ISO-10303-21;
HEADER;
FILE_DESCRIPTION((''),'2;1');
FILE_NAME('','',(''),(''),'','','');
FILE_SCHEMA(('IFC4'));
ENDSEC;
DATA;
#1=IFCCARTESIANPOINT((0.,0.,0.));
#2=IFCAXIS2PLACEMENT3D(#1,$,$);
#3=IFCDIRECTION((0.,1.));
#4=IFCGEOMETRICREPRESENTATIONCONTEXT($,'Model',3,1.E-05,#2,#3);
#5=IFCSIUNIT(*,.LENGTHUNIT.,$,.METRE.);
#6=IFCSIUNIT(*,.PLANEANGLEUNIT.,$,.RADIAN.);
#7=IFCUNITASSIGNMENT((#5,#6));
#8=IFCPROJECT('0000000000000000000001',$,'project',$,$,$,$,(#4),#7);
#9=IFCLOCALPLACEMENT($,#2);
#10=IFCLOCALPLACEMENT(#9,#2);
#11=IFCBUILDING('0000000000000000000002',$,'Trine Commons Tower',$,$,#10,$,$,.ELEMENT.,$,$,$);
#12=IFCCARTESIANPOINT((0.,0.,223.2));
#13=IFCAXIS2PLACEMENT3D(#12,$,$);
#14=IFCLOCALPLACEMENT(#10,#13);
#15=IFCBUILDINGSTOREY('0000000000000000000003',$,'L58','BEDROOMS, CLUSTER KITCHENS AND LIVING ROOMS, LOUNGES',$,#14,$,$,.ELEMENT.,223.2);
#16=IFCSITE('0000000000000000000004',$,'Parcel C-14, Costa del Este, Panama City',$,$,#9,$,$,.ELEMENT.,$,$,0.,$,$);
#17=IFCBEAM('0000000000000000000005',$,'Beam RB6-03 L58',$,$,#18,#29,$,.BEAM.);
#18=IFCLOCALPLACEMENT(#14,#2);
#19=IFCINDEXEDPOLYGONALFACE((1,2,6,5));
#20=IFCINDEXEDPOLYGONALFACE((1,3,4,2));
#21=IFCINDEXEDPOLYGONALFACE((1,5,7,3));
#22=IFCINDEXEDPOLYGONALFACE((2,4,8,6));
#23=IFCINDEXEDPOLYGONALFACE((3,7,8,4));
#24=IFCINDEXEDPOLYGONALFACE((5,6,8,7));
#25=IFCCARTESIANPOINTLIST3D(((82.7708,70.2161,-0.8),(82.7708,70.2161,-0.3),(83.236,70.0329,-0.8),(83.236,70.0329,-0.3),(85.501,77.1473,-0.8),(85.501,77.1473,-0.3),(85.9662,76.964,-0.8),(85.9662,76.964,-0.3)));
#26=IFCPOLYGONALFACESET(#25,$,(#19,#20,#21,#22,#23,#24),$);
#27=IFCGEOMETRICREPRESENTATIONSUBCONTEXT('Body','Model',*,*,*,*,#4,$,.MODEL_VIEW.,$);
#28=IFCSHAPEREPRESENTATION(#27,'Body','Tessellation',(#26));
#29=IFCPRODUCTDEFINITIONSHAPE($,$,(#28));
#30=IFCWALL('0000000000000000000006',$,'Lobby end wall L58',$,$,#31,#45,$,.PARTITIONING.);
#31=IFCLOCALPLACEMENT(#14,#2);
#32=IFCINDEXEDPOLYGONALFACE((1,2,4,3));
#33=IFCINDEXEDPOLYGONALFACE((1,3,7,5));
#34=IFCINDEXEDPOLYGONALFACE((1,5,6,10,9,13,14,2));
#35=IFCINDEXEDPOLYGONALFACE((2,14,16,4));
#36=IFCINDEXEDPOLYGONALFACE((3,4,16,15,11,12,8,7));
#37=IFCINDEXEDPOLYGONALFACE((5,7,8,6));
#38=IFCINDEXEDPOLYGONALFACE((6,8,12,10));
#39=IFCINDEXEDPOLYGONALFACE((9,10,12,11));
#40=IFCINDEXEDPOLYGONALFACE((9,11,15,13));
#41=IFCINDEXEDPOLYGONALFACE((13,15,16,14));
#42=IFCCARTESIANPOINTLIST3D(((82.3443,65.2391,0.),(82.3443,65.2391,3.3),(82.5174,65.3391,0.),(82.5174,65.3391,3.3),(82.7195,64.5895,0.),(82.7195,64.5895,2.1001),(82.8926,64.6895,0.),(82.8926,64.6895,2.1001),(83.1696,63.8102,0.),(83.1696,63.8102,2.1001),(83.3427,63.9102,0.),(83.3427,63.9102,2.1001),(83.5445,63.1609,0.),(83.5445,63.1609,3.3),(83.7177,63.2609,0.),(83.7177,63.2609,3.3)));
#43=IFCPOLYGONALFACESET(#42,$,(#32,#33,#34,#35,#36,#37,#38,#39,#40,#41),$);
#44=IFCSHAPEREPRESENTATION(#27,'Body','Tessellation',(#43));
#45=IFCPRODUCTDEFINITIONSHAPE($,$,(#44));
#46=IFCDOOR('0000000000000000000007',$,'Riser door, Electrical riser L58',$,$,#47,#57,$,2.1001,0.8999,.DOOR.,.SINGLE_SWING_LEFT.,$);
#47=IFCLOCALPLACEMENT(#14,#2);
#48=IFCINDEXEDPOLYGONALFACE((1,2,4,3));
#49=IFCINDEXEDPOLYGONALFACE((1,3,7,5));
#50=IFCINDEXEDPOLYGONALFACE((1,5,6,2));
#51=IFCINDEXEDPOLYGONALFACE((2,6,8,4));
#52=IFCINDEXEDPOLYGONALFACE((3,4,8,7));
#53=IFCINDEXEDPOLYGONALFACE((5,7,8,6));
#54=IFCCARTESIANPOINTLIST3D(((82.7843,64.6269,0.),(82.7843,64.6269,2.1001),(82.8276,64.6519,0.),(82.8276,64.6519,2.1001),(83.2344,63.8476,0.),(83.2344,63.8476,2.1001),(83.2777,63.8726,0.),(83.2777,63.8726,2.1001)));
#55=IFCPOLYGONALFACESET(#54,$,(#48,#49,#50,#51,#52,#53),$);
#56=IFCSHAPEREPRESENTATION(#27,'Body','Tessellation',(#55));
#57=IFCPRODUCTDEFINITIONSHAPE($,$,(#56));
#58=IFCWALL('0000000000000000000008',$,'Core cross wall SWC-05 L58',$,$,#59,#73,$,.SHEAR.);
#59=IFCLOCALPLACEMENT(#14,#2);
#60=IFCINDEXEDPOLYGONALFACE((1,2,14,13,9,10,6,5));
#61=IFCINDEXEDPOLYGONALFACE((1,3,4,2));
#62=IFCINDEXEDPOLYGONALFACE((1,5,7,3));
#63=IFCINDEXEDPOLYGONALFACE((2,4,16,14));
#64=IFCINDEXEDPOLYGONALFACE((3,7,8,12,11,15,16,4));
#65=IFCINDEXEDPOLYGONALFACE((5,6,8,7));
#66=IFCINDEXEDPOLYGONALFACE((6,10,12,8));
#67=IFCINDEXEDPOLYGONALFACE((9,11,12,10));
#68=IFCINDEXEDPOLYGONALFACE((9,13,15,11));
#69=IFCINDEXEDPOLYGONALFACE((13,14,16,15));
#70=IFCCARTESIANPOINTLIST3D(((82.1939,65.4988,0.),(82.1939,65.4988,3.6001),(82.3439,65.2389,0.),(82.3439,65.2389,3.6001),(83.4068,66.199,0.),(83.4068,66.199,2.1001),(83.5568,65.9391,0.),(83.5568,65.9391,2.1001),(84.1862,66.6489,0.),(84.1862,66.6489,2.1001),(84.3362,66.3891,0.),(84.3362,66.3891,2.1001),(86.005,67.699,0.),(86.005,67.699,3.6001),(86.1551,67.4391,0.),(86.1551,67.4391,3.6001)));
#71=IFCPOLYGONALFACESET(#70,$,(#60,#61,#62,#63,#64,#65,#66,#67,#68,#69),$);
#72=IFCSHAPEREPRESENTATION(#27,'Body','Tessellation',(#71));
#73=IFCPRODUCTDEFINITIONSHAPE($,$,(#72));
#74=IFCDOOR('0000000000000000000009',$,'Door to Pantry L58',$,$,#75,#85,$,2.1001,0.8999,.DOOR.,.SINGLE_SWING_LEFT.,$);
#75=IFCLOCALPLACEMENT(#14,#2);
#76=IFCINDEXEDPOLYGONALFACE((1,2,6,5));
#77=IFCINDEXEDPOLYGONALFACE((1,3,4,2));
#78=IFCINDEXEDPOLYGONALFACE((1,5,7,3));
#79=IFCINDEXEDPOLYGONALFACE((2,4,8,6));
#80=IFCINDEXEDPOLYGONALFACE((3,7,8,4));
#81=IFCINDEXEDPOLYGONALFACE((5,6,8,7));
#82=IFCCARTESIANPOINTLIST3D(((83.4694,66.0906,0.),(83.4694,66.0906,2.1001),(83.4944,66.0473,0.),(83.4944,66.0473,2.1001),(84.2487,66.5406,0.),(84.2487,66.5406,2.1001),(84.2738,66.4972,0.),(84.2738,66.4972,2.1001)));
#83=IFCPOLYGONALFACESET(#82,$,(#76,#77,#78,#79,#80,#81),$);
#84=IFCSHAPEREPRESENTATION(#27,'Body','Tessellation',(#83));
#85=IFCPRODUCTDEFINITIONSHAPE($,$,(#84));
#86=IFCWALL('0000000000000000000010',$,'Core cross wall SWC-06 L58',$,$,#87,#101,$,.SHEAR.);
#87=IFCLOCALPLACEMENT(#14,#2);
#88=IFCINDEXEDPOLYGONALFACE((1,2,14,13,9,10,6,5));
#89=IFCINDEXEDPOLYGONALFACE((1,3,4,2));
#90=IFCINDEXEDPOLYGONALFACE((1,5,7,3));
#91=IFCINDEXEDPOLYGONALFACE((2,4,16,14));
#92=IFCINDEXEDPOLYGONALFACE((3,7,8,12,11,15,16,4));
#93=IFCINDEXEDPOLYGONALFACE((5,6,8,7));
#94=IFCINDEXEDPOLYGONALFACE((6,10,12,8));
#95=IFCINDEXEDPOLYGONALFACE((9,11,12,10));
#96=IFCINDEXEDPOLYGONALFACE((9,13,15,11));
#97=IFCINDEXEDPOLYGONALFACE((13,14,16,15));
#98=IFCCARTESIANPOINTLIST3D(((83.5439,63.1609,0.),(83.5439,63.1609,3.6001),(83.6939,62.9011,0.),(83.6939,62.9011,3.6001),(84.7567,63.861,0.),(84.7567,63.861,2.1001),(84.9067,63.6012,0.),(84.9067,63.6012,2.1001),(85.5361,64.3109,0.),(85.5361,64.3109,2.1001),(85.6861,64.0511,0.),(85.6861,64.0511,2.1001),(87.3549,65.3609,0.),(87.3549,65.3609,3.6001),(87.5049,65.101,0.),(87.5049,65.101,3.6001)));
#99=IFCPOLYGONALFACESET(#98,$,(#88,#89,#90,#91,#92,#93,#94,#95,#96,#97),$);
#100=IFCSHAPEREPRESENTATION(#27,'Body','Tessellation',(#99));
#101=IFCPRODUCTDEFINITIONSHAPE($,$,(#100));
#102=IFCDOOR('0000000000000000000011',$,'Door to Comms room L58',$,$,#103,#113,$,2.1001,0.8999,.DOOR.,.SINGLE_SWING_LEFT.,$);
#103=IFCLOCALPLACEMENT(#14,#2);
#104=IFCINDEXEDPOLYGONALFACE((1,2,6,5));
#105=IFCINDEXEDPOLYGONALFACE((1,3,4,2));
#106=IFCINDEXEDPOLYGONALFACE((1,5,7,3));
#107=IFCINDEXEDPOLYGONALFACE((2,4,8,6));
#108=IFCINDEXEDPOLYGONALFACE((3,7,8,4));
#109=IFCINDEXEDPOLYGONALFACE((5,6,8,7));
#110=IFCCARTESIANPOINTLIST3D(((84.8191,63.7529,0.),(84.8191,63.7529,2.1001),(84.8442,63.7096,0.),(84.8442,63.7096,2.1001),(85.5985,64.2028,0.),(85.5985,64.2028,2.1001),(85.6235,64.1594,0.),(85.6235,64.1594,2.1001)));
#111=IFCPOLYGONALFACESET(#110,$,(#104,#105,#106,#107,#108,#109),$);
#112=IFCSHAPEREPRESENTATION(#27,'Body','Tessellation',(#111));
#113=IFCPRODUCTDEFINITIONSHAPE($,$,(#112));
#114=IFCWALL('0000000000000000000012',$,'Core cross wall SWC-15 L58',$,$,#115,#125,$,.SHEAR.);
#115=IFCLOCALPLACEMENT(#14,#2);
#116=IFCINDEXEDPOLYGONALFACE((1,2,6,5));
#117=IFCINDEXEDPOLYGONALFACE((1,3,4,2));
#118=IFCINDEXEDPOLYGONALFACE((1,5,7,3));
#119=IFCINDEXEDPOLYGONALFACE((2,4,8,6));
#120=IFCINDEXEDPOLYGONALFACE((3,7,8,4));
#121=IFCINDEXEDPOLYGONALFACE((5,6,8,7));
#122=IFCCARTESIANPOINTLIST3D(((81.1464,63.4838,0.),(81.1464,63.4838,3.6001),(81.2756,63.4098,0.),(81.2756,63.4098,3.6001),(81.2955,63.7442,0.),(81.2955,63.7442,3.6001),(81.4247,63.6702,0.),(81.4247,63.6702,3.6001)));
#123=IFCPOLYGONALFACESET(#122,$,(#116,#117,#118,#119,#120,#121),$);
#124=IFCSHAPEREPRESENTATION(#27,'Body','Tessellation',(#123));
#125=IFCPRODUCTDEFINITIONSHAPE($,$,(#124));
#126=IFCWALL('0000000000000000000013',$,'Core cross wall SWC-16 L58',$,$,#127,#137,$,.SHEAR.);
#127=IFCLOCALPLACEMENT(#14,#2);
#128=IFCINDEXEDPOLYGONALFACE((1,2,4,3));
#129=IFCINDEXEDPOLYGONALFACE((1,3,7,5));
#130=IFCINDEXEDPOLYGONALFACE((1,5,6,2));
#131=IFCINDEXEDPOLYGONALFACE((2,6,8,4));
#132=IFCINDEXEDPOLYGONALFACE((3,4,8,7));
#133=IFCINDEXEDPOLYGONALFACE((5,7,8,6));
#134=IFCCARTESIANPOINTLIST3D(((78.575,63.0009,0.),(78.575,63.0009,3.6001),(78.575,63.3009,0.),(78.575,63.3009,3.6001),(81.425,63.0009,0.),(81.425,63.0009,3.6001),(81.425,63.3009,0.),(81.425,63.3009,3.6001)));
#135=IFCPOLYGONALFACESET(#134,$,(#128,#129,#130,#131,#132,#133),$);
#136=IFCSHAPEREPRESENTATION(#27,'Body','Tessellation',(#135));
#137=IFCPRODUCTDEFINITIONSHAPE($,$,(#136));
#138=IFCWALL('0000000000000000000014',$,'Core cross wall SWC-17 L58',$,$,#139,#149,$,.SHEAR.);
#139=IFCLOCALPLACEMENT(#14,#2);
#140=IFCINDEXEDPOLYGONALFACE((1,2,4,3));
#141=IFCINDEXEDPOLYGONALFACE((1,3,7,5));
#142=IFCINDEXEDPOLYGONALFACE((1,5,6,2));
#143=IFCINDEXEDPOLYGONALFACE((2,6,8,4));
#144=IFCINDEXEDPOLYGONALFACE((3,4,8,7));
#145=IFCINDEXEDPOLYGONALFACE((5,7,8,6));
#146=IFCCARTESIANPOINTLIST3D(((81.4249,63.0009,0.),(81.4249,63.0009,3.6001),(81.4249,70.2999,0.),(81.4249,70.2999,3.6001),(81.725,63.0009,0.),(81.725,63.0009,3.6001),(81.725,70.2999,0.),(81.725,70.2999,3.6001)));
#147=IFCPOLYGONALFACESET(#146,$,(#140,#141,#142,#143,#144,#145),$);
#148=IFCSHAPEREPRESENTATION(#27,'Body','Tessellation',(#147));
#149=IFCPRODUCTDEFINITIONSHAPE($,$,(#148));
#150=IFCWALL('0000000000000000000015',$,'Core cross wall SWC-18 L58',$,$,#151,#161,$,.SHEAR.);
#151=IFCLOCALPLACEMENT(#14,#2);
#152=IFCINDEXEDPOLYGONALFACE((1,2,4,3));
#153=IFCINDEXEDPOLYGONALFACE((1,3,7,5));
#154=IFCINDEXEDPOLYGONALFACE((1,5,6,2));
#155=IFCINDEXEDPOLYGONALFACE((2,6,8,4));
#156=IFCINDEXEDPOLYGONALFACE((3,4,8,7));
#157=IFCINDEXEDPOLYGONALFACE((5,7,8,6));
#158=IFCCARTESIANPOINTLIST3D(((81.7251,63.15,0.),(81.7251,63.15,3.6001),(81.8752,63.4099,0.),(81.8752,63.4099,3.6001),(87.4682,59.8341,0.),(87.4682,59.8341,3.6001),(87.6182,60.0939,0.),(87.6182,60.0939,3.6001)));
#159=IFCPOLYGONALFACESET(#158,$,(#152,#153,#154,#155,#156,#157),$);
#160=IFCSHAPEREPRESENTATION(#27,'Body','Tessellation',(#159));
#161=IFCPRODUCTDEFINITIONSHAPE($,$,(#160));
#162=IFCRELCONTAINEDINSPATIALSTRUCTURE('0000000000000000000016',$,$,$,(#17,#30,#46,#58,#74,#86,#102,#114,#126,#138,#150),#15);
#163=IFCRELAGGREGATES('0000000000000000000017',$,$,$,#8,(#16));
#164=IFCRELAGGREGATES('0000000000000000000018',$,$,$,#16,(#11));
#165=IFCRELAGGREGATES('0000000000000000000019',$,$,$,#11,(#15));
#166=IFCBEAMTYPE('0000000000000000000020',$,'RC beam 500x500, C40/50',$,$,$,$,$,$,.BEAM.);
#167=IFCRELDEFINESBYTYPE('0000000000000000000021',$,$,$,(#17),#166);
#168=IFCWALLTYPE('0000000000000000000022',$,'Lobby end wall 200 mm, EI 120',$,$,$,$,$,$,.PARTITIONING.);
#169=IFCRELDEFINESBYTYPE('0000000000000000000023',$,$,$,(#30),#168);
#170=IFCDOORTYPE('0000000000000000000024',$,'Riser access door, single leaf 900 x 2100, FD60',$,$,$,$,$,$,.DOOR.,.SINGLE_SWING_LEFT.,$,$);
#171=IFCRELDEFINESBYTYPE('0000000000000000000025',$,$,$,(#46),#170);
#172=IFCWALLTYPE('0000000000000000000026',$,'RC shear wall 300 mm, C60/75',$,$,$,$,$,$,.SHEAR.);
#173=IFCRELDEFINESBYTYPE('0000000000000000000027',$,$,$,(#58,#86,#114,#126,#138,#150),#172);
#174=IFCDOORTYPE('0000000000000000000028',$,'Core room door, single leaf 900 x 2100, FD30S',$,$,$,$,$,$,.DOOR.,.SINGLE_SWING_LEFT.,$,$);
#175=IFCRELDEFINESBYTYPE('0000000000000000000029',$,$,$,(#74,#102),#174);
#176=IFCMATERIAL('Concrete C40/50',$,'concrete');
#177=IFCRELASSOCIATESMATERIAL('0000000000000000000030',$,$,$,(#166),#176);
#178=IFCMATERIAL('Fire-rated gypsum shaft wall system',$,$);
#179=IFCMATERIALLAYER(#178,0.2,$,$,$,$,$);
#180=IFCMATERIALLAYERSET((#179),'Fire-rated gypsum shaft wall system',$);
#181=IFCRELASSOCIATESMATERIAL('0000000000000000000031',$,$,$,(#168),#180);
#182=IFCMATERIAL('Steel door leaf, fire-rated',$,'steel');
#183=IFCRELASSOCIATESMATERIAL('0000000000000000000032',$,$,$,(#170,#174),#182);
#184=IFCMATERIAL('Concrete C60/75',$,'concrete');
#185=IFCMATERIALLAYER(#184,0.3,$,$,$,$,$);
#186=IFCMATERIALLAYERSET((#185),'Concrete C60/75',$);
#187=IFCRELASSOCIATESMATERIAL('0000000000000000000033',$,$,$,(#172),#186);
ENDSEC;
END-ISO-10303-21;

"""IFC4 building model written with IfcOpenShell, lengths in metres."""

from ifc_helpers import new_model, si_unit, direction, frame, frame_2d, origin, origin_2d, place, context, subcontext, project, spatial, rectangle, extrude, material, layer, layer_set, material_profile, profile_set, type_object, element, fill, save


model = new_model("IFC4")

# Units and contexts
model_context = context("Model", 3, precision=1e-05, world=origin(), true_north=direction((0.0, 1.0)))
body_context = subcontext(model_context, "Body", "Model", "MODEL_VIEW")
ifc_project = project(units=[si_unit("LENGTHUNIT", "METRE"), si_unit("PLANEANGLEUNIT", "RADIAN")], contexts=[model_context])

# Site, building, storey
site_placement = place(None, origin())
site = spatial("IfcSite", under=ifc_project, at=site_placement, Name="Parcel C-14, Costa del Este, Panama City", CompositionType="ELEMENT", RefElevation=0.0)
building_placement = place(site_placement, origin())
building = spatial("IfcBuilding", under=site, at=building_placement, Name="Trine Commons Tower", CompositionType="ELEMENT")
storey_placement = place(building_placement, frame((0.0, 0.0, 223.2)))
storey = spatial("IfcBuildingStorey", under=building, at=storey_placement, Name="L58", Description="BEDROOMS, CLUSTER KITCHENS AND LIVING ROOMS, LOUNGES", CompositionType="ELEMENT", Elevation=223.2)

# Beam
ifc_material_1 = material(Name="Concrete C40/50", Category="concrete")
ifc_material_profile = material_profile(ifc_material_1, rectangle(XDim=0.5, YDim=0.5, at=origin_2d()), Name="RC 500x500")
ifc_profile_set = profile_set([ifc_material_profile], Name="Concrete C40/50")
beam_type = type_object("IfcBeamType", Name="RC beam 500x500, C40/50", PredefinedType="BEAM", material=ifc_profile_set)
beam_placement = place(storey_placement, frame((83.0034, 70.1245, -0.55), z_axis=(0.366498, 0.930419, 0.0), x_axis=(-0.930419, 0.366498, 0.0)))
element("IfcBeam", 1, at=beam_placement, inside=storey, type_object=beam_type, Name="Beam RB6-03 L58", PredefinedType="BEAM", context=body_context, shape_type="SweptSolid", body=[
    extrude(rectangle(XDim=0.5, YDim=0.5, at=origin_2d()), origin(), (0.0, 0.0, 1.0), 7.4495),
])

# Walls, openings, doors
ifc_material_2 = material(Name="Fire-rated gypsum shaft wall system")
ifc_layer_1 = layer(ifc_material_2, 0.2)
ifc_layer_set_1 = layer_set([ifc_layer_1], Name="Fire-rated gypsum shaft wall system")
wall_type_1 = type_object("IfcWallType", Name="Lobby end wall 200 mm, EI 120", PredefinedType="PARTITIONING", material=ifc_layer_set_1)
wall_1_placement = place(storey_placement, frame((83.6311, 63.2109, 0.0), z_axis=(0.0, 0.0, 1.0), x_axis=(-0.500122, 0.865955, 0.0)))
wall_1 = element("IfcWall", 2, at=wall_1_placement, inside=storey, type_object=wall_type_1, Name="Lobby end wall L58", PredefinedType="PARTITIONING", context=body_context, shape_type="SweptSolid", body=[
    extrude(rectangle(XDim=2.3999, YDim=0.2, at=frame_2d((1.2, 0.0))), origin(), (0.0, 0.0, 1.0), 3.3),
])
opening_1_placement = place(wall_1_placement, frame((0.7498, 0.0, 0.0)))
opening_1 = element("IfcOpeningElement", 3, at=opening_1_placement, cuts=wall_1, PredefinedType="OPENING", context=body_context, shape_type="SweptSolid", body=[
    extrude(rectangle(XDim=0.8999, YDim=2.1001, at=frame_2d((0.45, 1.05))), frame((0.0, 0.1099, 0.0), z_axis=(0.0, -1.0, 0.0), x_axis=(1.0, 0.0, 0.0)), (0.0, 0.0, 1.0), 0.22),
])
ifc_material_3 = material(Name="Steel door leaf, fire-rated", Category="steel")
door_type_1 = type_object("IfcDoorType", Name="Riser access door, single leaf 900 x 2100, FD60", OperationType="SINGLE_SWING_LEFT", PredefinedType="DOOR", material=ifc_material_3)
door_1_placement = place(opening_1_placement, frame((0.8999, 0.0, 0.0), z_axis=(0.0, 0.0, 1.0), x_axis=(-1.0, 0.0, 0.0)))
door_1 = element("IfcDoor", 4, at=door_1_placement, inside=storey, type_object=door_type_1, Name="Riser door, Electrical riser L58", OperationType="SINGLE_SWING_LEFT", OverallHeight=2.1001, OverallWidth=0.8999, PredefinedType="DOOR", context=body_context, shape_type="SweptSolid", body=[
    extrude(rectangle(XDim=0.8999, YDim=2.1001, at=frame_2d((0.45, 1.05))), frame((0.0, 0.0249, 0.0), z_axis=(0.0, -1.0, 0.0), x_axis=(1.0, 0.0, 0.0)), (0.0, 0.0, 1.0), 0.05),
])
fill(opening_1, door_1)
ifc_material_4 = material(Name="Concrete C60/75", Category="concrete")
ifc_layer_2 = layer(ifc_material_4, 0.3)
ifc_layer_set_2 = layer_set([ifc_layer_2], Name="Concrete C60/75")
wall_type_2 = type_object("IfcWallType", Name="RC shear wall 300 mm, C60/75", PredefinedType="SHEAR", material=ifc_layer_set_2)
wall_2_placement = place(storey_placement, frame((82.269, 65.3689, 0.0), z_axis=(0.0, 0.0, 1.0), x_axis=(0.866036, 0.499982, 0.0)))
wall_2 = element("IfcWall", 5, at=wall_2_placement, inside=storey, type_object=wall_type_2, Name="Core cross wall SWC-05 L58", PredefinedType="SHEAR", context=body_context, shape_type="SweptSolid", body=[
    extrude(rectangle(XDim=4.4006, YDim=0.3, at=frame_2d((2.2002, 0.0))), origin(), (0.0, 0.0, 1.0), 3.6001),
])
opening_2_placement = place(wall_2_placement, frame((1.4004, 0.0, 0.0)))
opening_2 = element("IfcOpeningElement", 6, at=opening_2_placement, cuts=wall_2, PredefinedType="OPENING", context=body_context, shape_type="SweptSolid", body=[
    extrude(rectangle(XDim=0.8999, YDim=2.1001, at=frame_2d((0.45, 1.05))), frame((0.0, 0.1599, 0.0), z_axis=(0.0, -1.0, 0.0), x_axis=(1.0, 0.0, 0.0)), (0.0, 0.0, 1.0), 0.3201),
])
door_type_2 = type_object("IfcDoorType", Name="Core room door, single leaf 900 x 2100, FD30S", OperationType="SINGLE_SWING_LEFT", PredefinedType="DOOR", material=ifc_material_3)
door_2_placement = place(opening_2_placement, origin())
door_2 = element("IfcDoor", 7, at=door_2_placement, inside=storey, type_object=door_type_2, Name="Door to Pantry L58", OperationType="SINGLE_SWING_LEFT", OverallHeight=2.1001, OverallWidth=0.8999, PredefinedType="DOOR", context=body_context, shape_type="SweptSolid", body=[
    extrude(rectangle(XDim=0.8999, YDim=2.1001, at=frame_2d((0.45, 1.05))), frame((0.0, 0.0249, 0.0), z_axis=(0.0, -1.0, 0.0), x_axis=(1.0, 0.0, 0.0)), (0.0, 0.0, 1.0), 0.05),
])
fill(opening_2, door_2)
wall_3_placement = place(storey_placement, frame((83.6189, 63.031, 0.0), z_axis=(0.0, 0.0, 1.0), x_axis=(0.86606, 0.49994, 0.0)))
wall_3 = element("IfcWall", 8, at=wall_3_placement, inside=storey, type_object=wall_type_2, Name="Core cross wall SWC-06 L58", PredefinedType="SHEAR", context=body_context, shape_type="SweptSolid", body=[
    extrude(rectangle(XDim=4.4004, YDim=0.3, at=frame_2d((2.2002, 0.0))), origin(), (0.0, 0.0, 1.0), 3.6001),
])
opening_3_placement = place(wall_3_placement, frame((1.4004, 0.0, 0.0)))
opening_3 = element("IfcOpeningElement", 9, at=opening_3_placement, cuts=wall_3, PredefinedType="OPENING", context=body_context, shape_type="SweptSolid", body=[
    extrude(rectangle(XDim=0.8999, YDim=2.1001, at=frame_2d((0.45, 1.05))), frame((0.0, 0.1599, 0.0), z_axis=(0.0, -1.0, 0.0), x_axis=(1.0, 0.0, 0.0)), (0.0, 0.0, 1.0), 0.3201),
])
door_3_placement = place(opening_3_placement, frame((0.8999, 0.0, 0.0), z_axis=(0.0, 0.0, 1.0), x_axis=(-1.0, 0.0, 0.0)))
door_3 = element("IfcDoor", 10, at=door_3_placement, inside=storey, type_object=door_type_2, Name="Door to Comms room L58", OperationType="SINGLE_SWING_LEFT", OverallHeight=2.1001, OverallWidth=0.8999, PredefinedType="DOOR", context=body_context, shape_type="SweptSolid", body=[
    extrude(rectangle(XDim=0.8999, YDim=2.1001, at=frame_2d((0.45, 1.05))), frame((0.0, 0.0249, 0.0), z_axis=(0.0, -1.0, 0.0), x_axis=(1.0, 0.0, 0.0)), (0.0, 0.0, 1.0), 0.05),
])
fill(opening_3, door_3)

# Walls
wall_4_placement = place(storey_placement, frame((81.2209, 63.614, 0.0), z_axis=(0.0, 0.0, 1.0), x_axis=(0.867738, -0.497022, 0.0)))
element("IfcWall", 11, at=wall_4_placement, inside=storey, type_object=wall_type_2, Name="Core cross wall SWC-15 L58", PredefinedType="SHEAR", context=body_context, shape_type="SweptSolid", body=[
    extrude(rectangle(XDim=0.1489, YDim=0.3, at=frame_2d((0.0745, 0.0))), origin(), (0.0, 0.0, 1.0), 3.6001),
])
wall_5_placement = place(storey_placement, frame((81.425, 63.1509, 0.0), z_axis=(0.0, 0.0, 1.0), x_axis=(-1.0, 0.0, 0.0)))
element("IfcWall", 12, at=wall_5_placement, inside=storey, type_object=wall_type_2, Name="Core cross wall SWC-16 L58", PredefinedType="SHEAR", context=body_context, shape_type="SweptSolid", body=[
    extrude(rectangle(XDim=2.8501, YDim=0.3, at=frame_2d((1.425, 0.0))), origin(), (0.0, 0.0, 1.0), 3.6001),
])
wall_6_placement = place(storey_placement, frame((81.575, 63.001, 0.0), z_axis=(0.0, 0.0, 1.0), x_axis=(0.0, 1.0, 0.0)))
element("IfcWall", 13, at=wall_6_placement, inside=storey, type_object=wall_type_2, Name="Core cross wall SWC-17 L58", PredefinedType="SHEAR", context=body_context, shape_type="SweptSolid", body=[
    extrude(rectangle(XDim=7.2991, YDim=0.3, at=frame_2d((3.6494, 0.0))), origin(), (0.0, 0.0, 1.0), 3.6001),
])
wall_7_placement = place(storey_placement, frame((81.8, 63.28, 0.0), z_axis=(0.0, 0.0, 1.0), x_axis=(0.86601, -0.500027, 0.0)))
element("IfcWall", 14, at=wall_7_placement, inside=storey, type_object=wall_type_2, Name="Core cross wall SWC-18 L58", PredefinedType="SHEAR", context=body_context, shape_type="SweptSolid", body=[
    extrude(rectangle(XDim=6.6316, YDim=0.3, at=frame_2d((3.3159, 0.0))), origin(), (0.0, 0.0, 1.0), 3.6001),
])

save(model, "model.ifc")
